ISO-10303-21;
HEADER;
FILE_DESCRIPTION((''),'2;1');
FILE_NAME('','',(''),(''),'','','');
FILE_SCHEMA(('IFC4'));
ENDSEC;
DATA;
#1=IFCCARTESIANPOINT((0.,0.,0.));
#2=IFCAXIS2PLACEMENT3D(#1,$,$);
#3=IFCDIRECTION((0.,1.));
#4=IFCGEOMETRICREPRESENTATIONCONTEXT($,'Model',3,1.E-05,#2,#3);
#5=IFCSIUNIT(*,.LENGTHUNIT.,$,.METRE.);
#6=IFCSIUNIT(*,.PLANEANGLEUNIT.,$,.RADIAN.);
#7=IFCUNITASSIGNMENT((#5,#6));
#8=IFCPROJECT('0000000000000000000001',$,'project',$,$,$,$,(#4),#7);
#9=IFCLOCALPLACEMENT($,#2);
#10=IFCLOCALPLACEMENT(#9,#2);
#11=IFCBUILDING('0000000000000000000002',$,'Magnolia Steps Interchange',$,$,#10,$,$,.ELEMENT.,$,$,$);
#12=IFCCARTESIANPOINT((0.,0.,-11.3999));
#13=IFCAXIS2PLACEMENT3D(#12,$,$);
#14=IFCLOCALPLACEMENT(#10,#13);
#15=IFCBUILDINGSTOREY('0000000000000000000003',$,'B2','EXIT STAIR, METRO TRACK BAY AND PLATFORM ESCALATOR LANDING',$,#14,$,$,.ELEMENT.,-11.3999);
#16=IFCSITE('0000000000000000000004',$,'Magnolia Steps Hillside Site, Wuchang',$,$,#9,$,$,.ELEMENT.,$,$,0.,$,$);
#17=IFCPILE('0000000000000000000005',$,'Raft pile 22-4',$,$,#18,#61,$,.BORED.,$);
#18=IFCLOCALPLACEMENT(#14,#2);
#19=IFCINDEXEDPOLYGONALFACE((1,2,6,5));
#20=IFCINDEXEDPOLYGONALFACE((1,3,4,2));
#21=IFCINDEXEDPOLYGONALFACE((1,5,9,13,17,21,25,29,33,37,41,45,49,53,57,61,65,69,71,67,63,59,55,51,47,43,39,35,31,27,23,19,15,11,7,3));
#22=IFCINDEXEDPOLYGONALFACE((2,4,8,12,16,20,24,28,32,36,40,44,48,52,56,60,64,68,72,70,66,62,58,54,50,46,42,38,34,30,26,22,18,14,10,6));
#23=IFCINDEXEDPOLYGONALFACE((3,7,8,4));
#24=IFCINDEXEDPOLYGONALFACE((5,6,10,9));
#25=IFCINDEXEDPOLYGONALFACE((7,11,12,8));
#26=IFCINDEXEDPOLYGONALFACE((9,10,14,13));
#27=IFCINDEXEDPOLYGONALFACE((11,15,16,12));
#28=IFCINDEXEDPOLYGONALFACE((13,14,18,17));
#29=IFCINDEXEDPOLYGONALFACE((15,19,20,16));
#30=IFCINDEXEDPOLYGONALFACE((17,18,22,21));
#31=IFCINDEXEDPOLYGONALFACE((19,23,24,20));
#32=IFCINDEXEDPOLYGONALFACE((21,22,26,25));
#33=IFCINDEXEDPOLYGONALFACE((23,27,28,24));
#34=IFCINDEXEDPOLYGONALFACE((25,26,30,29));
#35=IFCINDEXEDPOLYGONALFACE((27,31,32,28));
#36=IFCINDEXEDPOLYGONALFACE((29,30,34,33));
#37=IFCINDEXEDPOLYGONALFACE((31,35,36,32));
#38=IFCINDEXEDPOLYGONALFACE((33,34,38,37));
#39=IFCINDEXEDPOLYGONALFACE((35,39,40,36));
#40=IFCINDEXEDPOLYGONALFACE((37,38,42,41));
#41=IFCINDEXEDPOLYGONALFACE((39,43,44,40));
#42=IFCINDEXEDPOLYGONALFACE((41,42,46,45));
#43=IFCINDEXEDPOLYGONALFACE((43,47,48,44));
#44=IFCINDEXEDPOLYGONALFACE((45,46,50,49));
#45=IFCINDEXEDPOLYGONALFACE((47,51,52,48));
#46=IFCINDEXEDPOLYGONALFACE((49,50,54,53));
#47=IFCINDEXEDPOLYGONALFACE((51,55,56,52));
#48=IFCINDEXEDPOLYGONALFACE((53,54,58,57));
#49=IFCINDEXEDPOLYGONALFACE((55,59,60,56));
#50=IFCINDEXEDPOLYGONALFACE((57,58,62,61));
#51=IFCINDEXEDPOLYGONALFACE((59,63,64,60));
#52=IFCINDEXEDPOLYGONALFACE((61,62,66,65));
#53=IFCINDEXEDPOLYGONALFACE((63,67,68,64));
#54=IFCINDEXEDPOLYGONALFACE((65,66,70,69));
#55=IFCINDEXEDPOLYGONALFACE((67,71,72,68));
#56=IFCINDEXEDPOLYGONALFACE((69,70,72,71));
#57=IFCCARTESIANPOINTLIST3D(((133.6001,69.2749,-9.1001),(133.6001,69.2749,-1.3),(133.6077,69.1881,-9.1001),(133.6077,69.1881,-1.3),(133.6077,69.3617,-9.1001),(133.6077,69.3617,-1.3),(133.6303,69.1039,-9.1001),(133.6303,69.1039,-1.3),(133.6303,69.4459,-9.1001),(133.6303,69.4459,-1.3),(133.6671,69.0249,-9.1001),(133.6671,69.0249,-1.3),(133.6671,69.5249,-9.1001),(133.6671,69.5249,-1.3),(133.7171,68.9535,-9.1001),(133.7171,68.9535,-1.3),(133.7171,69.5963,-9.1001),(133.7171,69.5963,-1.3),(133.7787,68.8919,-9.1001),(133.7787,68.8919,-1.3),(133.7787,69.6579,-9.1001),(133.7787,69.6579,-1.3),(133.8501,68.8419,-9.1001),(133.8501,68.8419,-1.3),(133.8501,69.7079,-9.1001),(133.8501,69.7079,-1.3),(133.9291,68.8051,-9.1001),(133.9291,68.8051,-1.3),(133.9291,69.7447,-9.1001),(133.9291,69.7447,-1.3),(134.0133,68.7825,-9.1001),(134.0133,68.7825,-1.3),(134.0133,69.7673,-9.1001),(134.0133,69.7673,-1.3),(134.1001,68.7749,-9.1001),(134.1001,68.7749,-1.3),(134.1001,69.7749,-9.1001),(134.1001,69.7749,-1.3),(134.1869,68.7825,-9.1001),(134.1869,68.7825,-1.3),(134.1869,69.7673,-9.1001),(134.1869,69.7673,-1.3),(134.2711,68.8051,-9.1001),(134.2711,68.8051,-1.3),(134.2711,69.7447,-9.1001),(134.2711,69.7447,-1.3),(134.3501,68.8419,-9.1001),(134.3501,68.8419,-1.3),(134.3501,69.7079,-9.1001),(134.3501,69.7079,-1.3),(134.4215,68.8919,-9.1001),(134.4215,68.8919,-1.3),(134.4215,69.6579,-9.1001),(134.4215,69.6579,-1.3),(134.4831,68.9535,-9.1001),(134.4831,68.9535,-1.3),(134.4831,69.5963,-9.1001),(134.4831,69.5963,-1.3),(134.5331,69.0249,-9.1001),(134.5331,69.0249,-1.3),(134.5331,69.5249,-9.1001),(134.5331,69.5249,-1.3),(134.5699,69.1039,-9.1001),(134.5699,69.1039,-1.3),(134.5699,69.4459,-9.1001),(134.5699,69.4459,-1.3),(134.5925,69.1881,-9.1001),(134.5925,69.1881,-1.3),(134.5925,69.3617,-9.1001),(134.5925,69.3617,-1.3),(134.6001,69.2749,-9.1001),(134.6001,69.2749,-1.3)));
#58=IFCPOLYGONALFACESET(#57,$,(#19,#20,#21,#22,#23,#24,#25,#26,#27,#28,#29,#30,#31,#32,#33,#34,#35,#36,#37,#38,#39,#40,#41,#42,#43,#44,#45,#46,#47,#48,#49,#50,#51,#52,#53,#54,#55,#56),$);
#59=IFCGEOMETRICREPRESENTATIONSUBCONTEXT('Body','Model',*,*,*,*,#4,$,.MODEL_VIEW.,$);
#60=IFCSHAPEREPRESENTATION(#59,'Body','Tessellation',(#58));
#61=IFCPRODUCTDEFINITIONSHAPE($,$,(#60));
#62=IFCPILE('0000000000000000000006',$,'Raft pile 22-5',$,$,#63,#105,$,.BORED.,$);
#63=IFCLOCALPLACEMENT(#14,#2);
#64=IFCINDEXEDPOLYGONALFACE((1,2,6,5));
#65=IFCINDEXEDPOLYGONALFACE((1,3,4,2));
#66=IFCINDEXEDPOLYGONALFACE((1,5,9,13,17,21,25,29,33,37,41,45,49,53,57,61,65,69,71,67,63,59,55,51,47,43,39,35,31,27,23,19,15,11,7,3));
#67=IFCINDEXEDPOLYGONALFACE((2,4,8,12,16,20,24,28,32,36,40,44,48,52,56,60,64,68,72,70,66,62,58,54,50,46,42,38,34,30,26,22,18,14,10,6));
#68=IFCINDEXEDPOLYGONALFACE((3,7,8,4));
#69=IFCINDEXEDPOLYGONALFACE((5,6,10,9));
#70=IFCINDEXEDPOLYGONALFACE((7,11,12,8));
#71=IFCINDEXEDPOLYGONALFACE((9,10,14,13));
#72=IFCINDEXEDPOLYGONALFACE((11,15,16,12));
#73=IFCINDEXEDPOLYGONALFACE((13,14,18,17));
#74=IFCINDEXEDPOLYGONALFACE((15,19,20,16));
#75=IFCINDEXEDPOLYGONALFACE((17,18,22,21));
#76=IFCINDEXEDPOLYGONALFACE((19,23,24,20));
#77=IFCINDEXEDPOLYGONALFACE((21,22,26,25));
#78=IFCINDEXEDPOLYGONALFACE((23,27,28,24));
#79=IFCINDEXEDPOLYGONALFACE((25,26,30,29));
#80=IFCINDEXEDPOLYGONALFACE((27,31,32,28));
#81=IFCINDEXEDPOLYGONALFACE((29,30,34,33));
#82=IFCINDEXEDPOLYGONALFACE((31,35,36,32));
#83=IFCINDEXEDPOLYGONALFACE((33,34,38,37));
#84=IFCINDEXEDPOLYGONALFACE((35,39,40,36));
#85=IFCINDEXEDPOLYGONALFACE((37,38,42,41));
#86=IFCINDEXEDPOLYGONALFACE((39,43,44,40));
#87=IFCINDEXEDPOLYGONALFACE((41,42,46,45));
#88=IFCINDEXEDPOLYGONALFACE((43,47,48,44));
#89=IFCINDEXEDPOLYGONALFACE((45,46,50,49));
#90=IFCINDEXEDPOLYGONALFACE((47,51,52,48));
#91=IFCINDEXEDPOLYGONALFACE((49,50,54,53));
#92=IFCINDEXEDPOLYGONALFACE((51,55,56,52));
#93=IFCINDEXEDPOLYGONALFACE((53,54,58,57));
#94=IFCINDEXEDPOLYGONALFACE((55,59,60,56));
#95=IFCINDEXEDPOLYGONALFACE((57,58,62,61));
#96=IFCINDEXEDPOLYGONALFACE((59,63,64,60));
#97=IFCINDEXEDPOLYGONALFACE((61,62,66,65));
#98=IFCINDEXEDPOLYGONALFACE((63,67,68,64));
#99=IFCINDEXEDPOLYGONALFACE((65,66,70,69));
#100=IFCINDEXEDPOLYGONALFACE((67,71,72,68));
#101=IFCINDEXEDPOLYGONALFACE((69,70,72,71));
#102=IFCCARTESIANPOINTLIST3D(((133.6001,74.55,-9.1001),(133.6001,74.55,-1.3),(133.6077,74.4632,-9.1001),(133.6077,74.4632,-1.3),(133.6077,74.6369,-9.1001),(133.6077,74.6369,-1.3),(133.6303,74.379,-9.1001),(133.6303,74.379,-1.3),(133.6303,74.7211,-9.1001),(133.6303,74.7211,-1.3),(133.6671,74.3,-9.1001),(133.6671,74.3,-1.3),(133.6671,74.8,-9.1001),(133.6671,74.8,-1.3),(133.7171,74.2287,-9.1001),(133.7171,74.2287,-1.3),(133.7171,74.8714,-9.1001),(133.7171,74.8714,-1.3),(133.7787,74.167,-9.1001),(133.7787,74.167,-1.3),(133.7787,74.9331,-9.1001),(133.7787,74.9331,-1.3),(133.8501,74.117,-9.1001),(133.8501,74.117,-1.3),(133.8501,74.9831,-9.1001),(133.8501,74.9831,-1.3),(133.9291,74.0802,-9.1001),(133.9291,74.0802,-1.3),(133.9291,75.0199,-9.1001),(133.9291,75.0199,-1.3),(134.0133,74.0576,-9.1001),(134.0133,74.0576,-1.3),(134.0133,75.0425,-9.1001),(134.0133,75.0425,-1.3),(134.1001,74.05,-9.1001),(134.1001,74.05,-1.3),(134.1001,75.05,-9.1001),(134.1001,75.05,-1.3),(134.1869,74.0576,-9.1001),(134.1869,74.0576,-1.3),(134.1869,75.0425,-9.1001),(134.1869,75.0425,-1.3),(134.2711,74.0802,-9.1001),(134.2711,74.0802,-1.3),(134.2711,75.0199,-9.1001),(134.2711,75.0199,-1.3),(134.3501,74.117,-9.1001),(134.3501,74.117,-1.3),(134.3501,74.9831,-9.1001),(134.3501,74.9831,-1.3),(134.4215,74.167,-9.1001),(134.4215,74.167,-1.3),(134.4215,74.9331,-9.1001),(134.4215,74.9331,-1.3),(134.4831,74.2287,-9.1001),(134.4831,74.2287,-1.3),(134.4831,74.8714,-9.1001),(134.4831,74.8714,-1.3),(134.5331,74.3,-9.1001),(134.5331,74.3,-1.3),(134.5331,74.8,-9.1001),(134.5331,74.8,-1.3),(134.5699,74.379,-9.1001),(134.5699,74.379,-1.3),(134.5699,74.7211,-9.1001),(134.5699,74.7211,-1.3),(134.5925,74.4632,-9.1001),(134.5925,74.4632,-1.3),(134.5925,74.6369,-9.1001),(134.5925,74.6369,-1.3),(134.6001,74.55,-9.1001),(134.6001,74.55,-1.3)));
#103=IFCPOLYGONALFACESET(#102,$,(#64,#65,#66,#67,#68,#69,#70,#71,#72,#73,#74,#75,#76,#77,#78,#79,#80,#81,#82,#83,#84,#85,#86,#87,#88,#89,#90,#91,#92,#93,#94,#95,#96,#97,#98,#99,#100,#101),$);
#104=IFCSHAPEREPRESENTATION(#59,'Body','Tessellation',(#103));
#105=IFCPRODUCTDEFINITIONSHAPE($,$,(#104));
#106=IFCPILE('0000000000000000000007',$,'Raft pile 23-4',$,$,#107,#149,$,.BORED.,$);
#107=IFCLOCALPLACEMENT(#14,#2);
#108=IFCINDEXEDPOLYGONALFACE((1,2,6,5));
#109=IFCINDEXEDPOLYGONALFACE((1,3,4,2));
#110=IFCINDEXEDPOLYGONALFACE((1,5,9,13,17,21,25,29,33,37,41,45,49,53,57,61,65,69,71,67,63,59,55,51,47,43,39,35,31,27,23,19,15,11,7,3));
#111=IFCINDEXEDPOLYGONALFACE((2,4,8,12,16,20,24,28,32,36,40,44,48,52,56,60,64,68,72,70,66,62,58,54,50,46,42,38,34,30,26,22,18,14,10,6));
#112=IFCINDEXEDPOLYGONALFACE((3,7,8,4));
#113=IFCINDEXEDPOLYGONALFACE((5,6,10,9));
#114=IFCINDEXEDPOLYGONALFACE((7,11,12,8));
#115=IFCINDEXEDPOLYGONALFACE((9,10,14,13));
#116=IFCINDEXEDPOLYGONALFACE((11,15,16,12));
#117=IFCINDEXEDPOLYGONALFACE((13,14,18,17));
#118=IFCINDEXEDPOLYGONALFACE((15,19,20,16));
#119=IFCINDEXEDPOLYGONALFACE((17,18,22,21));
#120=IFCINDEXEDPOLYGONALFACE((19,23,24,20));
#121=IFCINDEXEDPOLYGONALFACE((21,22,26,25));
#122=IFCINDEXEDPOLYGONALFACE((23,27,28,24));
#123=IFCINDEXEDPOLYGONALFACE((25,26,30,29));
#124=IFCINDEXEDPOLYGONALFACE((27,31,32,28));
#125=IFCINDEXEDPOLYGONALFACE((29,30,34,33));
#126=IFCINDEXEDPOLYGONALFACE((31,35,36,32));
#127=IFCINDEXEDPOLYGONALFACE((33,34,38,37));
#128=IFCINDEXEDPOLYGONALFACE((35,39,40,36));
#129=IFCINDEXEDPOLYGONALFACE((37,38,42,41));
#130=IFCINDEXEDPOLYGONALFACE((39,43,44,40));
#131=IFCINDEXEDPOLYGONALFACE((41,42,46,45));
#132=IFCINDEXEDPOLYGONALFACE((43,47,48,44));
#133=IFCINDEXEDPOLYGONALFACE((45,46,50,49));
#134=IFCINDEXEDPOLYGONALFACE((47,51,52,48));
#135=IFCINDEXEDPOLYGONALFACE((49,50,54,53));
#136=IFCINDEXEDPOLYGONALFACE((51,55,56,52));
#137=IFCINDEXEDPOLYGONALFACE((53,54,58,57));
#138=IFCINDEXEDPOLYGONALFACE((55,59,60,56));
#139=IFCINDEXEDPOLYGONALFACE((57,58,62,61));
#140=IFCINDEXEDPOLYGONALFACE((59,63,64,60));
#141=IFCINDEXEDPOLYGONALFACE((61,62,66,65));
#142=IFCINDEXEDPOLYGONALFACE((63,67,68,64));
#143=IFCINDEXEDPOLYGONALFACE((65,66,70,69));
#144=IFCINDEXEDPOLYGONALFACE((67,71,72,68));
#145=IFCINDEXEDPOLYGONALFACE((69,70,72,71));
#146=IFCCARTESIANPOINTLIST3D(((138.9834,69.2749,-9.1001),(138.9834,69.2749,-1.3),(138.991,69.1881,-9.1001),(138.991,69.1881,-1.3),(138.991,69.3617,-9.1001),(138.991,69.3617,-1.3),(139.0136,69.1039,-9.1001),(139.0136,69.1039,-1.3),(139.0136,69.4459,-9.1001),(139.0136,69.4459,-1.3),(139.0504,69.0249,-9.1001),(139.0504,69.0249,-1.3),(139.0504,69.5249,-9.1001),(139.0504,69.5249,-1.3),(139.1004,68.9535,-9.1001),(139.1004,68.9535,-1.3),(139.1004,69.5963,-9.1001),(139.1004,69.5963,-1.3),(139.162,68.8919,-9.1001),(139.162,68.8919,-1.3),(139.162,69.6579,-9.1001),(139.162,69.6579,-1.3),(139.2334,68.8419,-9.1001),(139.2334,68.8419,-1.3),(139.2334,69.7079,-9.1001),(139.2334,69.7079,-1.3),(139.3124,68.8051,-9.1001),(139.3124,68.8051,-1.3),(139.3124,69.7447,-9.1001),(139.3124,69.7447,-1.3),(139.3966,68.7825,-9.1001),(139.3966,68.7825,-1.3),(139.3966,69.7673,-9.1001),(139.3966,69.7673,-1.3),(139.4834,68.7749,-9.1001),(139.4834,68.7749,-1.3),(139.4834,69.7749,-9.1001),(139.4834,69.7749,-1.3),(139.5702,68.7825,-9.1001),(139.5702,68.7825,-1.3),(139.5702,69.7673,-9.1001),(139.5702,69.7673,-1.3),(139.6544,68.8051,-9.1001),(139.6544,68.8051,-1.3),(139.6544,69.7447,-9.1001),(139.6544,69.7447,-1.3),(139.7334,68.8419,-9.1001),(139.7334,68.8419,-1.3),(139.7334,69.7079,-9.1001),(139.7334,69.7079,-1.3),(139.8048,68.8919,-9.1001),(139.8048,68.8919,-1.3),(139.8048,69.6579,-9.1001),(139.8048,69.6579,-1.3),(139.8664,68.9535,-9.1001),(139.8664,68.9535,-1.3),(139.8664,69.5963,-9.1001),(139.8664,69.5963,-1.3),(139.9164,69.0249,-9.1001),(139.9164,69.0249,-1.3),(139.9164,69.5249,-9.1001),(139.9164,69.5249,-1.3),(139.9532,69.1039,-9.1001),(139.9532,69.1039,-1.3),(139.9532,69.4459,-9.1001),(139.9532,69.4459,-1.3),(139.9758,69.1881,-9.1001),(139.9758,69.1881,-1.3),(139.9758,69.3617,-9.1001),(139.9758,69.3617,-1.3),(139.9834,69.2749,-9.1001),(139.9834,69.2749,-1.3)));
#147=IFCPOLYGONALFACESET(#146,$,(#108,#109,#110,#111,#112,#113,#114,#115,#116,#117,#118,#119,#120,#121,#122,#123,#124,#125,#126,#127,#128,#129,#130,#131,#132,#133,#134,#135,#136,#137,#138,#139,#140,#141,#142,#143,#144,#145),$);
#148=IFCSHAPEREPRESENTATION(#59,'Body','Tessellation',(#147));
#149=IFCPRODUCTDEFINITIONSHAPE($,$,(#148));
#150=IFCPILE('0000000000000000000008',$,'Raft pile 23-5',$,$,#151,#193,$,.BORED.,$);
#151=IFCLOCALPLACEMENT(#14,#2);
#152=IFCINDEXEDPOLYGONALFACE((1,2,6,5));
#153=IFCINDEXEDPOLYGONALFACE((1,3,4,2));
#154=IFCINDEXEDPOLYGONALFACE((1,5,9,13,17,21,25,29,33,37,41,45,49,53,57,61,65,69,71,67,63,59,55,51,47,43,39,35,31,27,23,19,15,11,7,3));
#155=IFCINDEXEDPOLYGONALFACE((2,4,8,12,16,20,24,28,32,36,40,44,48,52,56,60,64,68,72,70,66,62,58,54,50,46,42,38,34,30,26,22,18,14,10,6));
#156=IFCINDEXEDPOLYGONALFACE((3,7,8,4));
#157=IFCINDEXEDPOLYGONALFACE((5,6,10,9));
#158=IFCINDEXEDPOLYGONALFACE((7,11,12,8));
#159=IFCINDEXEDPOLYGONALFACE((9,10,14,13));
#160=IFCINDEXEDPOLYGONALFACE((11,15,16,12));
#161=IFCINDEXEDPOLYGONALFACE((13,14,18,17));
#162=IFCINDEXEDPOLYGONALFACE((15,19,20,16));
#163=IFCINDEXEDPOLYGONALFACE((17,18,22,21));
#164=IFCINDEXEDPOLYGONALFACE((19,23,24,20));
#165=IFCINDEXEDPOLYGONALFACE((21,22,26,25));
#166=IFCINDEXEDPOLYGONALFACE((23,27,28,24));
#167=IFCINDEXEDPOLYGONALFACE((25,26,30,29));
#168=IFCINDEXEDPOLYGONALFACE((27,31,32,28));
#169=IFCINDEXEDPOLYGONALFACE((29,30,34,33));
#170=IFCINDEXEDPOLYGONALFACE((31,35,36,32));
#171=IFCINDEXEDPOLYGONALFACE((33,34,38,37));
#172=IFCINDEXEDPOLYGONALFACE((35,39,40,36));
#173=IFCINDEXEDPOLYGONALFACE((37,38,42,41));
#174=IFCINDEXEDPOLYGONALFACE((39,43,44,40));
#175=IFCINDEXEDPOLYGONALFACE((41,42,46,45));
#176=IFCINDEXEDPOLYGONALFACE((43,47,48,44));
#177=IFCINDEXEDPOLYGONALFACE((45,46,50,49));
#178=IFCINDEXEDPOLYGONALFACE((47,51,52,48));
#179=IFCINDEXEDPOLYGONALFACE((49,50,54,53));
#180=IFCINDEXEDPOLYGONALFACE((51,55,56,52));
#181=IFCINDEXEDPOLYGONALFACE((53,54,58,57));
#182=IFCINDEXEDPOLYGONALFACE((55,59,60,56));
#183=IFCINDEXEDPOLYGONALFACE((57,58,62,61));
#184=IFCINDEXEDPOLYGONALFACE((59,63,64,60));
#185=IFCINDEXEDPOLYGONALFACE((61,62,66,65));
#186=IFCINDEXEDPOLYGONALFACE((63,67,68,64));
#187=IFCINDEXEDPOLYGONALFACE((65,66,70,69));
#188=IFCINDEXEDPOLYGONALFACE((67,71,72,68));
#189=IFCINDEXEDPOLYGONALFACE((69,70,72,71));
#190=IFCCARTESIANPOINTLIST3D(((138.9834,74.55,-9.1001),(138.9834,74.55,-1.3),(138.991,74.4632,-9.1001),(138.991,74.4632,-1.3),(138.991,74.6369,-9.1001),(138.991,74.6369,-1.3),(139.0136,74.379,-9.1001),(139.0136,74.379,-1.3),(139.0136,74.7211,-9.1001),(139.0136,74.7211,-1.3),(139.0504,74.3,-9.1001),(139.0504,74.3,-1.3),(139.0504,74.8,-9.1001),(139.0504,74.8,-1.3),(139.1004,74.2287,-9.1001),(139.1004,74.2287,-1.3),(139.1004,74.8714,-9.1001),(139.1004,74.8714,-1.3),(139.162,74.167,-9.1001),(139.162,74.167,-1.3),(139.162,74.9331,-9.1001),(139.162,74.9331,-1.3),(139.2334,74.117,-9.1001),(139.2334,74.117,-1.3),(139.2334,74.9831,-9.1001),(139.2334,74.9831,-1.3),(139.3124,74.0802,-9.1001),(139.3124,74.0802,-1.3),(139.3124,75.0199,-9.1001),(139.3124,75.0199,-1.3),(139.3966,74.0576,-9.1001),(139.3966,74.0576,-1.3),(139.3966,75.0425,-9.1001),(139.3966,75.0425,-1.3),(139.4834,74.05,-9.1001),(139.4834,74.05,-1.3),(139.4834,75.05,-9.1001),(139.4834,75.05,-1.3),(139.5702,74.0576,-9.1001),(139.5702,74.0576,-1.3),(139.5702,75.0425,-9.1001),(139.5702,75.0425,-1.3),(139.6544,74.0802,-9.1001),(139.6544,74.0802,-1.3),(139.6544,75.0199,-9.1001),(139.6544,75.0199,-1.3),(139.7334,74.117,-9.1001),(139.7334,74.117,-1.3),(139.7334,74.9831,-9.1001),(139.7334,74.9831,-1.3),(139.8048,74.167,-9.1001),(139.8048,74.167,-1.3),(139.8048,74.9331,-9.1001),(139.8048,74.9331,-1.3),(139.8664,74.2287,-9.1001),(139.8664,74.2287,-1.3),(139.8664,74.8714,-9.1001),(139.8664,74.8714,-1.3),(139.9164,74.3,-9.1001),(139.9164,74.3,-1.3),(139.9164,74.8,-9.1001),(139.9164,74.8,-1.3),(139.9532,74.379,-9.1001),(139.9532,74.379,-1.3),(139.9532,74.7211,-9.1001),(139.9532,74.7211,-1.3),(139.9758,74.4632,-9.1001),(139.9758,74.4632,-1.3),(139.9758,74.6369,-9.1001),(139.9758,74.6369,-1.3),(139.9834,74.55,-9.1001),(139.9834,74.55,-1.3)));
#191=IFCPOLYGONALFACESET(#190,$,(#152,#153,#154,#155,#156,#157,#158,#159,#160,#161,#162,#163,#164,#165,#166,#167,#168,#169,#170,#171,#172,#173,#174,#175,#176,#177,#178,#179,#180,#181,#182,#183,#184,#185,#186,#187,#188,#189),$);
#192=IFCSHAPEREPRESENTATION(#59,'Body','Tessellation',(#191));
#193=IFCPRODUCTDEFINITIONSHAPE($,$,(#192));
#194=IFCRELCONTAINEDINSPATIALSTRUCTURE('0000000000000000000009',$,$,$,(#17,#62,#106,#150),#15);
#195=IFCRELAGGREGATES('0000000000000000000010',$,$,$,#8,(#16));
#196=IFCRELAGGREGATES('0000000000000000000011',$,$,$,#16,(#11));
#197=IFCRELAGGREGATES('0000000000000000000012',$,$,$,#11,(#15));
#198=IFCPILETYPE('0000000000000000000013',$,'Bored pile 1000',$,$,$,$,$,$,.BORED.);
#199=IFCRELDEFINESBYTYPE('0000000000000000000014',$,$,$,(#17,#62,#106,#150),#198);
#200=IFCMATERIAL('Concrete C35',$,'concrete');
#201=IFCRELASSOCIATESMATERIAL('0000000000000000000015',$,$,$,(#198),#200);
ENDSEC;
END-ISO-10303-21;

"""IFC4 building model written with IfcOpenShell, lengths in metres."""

from ifc_helpers import new_model, si_unit, direction, frame, origin, origin_2d, place, context, subcontext, project, spatial, circle, extrude, material, material_profile, profile_set, type_object, element, save


model = new_model("IFC4")

# Units and contexts
model_context = context("Model", 3, precision=1e-05, world=origin(), true_north=direction((0.0, 1.0)))
body_context = subcontext(model_context, "Body", "Model", "MODEL_VIEW")
ifc_project = project(units=[si_unit("LENGTHUNIT", "METRE"), si_unit("PLANEANGLEUNIT", "RADIAN")], contexts=[model_context])

# Site, building, storey
site_placement = place(None, origin())
site = spatial("IfcSite", under=ifc_project, at=site_placement, Name="Magnolia Steps Hillside Site, Wuchang", CompositionType="ELEMENT", RefElevation=0.0)
building_placement = place(site_placement, origin())
building = spatial("IfcBuilding", under=site, at=building_placement, Name="Magnolia Steps Interchange", CompositionType="ELEMENT")
storey_placement = place(building_placement, frame((0.0, 0.0, -11.3999)))
storey = spatial("IfcBuildingStorey", under=building, at=storey_placement, Name="B2", Description="EXIT STAIR, METRO TRACK BAY AND PLATFORM ESCALATOR LANDING", CompositionType="ELEMENT", Elevation=-11.3999)

# Piles
ifc_material_1 = material(Name="Concrete C35", Category="concrete")
ifc_material_profile = material_profile(ifc_material_1, circle(Radius=0.5, at=origin_2d()), Name="Bored pile 1000")
ifc_profile_set = profile_set([ifc_material_profile], Name="Concrete C35")
pile_type = type_object("IfcPileType", Name="Bored pile 1000", PredefinedType="BORED", material=ifc_profile_set)
for number, where, z_axis, x_axis, name in (
    (1, (134.1001, 69.2749, -1.3), (0.0, 0.0, -1.0), (1.0, 0.0, 0.0), "Raft pile 22-4"),
    (2, (134.1001, 74.55, -1.3), (0.0, 0.0, -1.0), (1.0, 0.0, 0.0), "Raft pile 22-5"),
    (3, (139.4834, 69.2749, -1.3), (0.0, 0.0, -1.0), (1.0, 0.0, 0.0), "Raft pile 23-4"),
    (4, (139.4834, 74.55, -1.3), (0.0, 0.0, -1.0), (1.0, 0.0, 0.0), "Raft pile 23-5"),
):
    element("IfcPile", number, at=place(storey_placement, frame(where, z_axis=z_axis, x_axis=x_axis)), inside=storey, type_object=pile_type, Name=name, PredefinedType="BORED", context=body_context, shape_type="SweptSolid", body=[
        extrude(circle(Radius=0.5, at=origin_2d()), origin(), (0.0, 0.0, 1.0), 7.8),
    ])

save(model, "model.ifc")
